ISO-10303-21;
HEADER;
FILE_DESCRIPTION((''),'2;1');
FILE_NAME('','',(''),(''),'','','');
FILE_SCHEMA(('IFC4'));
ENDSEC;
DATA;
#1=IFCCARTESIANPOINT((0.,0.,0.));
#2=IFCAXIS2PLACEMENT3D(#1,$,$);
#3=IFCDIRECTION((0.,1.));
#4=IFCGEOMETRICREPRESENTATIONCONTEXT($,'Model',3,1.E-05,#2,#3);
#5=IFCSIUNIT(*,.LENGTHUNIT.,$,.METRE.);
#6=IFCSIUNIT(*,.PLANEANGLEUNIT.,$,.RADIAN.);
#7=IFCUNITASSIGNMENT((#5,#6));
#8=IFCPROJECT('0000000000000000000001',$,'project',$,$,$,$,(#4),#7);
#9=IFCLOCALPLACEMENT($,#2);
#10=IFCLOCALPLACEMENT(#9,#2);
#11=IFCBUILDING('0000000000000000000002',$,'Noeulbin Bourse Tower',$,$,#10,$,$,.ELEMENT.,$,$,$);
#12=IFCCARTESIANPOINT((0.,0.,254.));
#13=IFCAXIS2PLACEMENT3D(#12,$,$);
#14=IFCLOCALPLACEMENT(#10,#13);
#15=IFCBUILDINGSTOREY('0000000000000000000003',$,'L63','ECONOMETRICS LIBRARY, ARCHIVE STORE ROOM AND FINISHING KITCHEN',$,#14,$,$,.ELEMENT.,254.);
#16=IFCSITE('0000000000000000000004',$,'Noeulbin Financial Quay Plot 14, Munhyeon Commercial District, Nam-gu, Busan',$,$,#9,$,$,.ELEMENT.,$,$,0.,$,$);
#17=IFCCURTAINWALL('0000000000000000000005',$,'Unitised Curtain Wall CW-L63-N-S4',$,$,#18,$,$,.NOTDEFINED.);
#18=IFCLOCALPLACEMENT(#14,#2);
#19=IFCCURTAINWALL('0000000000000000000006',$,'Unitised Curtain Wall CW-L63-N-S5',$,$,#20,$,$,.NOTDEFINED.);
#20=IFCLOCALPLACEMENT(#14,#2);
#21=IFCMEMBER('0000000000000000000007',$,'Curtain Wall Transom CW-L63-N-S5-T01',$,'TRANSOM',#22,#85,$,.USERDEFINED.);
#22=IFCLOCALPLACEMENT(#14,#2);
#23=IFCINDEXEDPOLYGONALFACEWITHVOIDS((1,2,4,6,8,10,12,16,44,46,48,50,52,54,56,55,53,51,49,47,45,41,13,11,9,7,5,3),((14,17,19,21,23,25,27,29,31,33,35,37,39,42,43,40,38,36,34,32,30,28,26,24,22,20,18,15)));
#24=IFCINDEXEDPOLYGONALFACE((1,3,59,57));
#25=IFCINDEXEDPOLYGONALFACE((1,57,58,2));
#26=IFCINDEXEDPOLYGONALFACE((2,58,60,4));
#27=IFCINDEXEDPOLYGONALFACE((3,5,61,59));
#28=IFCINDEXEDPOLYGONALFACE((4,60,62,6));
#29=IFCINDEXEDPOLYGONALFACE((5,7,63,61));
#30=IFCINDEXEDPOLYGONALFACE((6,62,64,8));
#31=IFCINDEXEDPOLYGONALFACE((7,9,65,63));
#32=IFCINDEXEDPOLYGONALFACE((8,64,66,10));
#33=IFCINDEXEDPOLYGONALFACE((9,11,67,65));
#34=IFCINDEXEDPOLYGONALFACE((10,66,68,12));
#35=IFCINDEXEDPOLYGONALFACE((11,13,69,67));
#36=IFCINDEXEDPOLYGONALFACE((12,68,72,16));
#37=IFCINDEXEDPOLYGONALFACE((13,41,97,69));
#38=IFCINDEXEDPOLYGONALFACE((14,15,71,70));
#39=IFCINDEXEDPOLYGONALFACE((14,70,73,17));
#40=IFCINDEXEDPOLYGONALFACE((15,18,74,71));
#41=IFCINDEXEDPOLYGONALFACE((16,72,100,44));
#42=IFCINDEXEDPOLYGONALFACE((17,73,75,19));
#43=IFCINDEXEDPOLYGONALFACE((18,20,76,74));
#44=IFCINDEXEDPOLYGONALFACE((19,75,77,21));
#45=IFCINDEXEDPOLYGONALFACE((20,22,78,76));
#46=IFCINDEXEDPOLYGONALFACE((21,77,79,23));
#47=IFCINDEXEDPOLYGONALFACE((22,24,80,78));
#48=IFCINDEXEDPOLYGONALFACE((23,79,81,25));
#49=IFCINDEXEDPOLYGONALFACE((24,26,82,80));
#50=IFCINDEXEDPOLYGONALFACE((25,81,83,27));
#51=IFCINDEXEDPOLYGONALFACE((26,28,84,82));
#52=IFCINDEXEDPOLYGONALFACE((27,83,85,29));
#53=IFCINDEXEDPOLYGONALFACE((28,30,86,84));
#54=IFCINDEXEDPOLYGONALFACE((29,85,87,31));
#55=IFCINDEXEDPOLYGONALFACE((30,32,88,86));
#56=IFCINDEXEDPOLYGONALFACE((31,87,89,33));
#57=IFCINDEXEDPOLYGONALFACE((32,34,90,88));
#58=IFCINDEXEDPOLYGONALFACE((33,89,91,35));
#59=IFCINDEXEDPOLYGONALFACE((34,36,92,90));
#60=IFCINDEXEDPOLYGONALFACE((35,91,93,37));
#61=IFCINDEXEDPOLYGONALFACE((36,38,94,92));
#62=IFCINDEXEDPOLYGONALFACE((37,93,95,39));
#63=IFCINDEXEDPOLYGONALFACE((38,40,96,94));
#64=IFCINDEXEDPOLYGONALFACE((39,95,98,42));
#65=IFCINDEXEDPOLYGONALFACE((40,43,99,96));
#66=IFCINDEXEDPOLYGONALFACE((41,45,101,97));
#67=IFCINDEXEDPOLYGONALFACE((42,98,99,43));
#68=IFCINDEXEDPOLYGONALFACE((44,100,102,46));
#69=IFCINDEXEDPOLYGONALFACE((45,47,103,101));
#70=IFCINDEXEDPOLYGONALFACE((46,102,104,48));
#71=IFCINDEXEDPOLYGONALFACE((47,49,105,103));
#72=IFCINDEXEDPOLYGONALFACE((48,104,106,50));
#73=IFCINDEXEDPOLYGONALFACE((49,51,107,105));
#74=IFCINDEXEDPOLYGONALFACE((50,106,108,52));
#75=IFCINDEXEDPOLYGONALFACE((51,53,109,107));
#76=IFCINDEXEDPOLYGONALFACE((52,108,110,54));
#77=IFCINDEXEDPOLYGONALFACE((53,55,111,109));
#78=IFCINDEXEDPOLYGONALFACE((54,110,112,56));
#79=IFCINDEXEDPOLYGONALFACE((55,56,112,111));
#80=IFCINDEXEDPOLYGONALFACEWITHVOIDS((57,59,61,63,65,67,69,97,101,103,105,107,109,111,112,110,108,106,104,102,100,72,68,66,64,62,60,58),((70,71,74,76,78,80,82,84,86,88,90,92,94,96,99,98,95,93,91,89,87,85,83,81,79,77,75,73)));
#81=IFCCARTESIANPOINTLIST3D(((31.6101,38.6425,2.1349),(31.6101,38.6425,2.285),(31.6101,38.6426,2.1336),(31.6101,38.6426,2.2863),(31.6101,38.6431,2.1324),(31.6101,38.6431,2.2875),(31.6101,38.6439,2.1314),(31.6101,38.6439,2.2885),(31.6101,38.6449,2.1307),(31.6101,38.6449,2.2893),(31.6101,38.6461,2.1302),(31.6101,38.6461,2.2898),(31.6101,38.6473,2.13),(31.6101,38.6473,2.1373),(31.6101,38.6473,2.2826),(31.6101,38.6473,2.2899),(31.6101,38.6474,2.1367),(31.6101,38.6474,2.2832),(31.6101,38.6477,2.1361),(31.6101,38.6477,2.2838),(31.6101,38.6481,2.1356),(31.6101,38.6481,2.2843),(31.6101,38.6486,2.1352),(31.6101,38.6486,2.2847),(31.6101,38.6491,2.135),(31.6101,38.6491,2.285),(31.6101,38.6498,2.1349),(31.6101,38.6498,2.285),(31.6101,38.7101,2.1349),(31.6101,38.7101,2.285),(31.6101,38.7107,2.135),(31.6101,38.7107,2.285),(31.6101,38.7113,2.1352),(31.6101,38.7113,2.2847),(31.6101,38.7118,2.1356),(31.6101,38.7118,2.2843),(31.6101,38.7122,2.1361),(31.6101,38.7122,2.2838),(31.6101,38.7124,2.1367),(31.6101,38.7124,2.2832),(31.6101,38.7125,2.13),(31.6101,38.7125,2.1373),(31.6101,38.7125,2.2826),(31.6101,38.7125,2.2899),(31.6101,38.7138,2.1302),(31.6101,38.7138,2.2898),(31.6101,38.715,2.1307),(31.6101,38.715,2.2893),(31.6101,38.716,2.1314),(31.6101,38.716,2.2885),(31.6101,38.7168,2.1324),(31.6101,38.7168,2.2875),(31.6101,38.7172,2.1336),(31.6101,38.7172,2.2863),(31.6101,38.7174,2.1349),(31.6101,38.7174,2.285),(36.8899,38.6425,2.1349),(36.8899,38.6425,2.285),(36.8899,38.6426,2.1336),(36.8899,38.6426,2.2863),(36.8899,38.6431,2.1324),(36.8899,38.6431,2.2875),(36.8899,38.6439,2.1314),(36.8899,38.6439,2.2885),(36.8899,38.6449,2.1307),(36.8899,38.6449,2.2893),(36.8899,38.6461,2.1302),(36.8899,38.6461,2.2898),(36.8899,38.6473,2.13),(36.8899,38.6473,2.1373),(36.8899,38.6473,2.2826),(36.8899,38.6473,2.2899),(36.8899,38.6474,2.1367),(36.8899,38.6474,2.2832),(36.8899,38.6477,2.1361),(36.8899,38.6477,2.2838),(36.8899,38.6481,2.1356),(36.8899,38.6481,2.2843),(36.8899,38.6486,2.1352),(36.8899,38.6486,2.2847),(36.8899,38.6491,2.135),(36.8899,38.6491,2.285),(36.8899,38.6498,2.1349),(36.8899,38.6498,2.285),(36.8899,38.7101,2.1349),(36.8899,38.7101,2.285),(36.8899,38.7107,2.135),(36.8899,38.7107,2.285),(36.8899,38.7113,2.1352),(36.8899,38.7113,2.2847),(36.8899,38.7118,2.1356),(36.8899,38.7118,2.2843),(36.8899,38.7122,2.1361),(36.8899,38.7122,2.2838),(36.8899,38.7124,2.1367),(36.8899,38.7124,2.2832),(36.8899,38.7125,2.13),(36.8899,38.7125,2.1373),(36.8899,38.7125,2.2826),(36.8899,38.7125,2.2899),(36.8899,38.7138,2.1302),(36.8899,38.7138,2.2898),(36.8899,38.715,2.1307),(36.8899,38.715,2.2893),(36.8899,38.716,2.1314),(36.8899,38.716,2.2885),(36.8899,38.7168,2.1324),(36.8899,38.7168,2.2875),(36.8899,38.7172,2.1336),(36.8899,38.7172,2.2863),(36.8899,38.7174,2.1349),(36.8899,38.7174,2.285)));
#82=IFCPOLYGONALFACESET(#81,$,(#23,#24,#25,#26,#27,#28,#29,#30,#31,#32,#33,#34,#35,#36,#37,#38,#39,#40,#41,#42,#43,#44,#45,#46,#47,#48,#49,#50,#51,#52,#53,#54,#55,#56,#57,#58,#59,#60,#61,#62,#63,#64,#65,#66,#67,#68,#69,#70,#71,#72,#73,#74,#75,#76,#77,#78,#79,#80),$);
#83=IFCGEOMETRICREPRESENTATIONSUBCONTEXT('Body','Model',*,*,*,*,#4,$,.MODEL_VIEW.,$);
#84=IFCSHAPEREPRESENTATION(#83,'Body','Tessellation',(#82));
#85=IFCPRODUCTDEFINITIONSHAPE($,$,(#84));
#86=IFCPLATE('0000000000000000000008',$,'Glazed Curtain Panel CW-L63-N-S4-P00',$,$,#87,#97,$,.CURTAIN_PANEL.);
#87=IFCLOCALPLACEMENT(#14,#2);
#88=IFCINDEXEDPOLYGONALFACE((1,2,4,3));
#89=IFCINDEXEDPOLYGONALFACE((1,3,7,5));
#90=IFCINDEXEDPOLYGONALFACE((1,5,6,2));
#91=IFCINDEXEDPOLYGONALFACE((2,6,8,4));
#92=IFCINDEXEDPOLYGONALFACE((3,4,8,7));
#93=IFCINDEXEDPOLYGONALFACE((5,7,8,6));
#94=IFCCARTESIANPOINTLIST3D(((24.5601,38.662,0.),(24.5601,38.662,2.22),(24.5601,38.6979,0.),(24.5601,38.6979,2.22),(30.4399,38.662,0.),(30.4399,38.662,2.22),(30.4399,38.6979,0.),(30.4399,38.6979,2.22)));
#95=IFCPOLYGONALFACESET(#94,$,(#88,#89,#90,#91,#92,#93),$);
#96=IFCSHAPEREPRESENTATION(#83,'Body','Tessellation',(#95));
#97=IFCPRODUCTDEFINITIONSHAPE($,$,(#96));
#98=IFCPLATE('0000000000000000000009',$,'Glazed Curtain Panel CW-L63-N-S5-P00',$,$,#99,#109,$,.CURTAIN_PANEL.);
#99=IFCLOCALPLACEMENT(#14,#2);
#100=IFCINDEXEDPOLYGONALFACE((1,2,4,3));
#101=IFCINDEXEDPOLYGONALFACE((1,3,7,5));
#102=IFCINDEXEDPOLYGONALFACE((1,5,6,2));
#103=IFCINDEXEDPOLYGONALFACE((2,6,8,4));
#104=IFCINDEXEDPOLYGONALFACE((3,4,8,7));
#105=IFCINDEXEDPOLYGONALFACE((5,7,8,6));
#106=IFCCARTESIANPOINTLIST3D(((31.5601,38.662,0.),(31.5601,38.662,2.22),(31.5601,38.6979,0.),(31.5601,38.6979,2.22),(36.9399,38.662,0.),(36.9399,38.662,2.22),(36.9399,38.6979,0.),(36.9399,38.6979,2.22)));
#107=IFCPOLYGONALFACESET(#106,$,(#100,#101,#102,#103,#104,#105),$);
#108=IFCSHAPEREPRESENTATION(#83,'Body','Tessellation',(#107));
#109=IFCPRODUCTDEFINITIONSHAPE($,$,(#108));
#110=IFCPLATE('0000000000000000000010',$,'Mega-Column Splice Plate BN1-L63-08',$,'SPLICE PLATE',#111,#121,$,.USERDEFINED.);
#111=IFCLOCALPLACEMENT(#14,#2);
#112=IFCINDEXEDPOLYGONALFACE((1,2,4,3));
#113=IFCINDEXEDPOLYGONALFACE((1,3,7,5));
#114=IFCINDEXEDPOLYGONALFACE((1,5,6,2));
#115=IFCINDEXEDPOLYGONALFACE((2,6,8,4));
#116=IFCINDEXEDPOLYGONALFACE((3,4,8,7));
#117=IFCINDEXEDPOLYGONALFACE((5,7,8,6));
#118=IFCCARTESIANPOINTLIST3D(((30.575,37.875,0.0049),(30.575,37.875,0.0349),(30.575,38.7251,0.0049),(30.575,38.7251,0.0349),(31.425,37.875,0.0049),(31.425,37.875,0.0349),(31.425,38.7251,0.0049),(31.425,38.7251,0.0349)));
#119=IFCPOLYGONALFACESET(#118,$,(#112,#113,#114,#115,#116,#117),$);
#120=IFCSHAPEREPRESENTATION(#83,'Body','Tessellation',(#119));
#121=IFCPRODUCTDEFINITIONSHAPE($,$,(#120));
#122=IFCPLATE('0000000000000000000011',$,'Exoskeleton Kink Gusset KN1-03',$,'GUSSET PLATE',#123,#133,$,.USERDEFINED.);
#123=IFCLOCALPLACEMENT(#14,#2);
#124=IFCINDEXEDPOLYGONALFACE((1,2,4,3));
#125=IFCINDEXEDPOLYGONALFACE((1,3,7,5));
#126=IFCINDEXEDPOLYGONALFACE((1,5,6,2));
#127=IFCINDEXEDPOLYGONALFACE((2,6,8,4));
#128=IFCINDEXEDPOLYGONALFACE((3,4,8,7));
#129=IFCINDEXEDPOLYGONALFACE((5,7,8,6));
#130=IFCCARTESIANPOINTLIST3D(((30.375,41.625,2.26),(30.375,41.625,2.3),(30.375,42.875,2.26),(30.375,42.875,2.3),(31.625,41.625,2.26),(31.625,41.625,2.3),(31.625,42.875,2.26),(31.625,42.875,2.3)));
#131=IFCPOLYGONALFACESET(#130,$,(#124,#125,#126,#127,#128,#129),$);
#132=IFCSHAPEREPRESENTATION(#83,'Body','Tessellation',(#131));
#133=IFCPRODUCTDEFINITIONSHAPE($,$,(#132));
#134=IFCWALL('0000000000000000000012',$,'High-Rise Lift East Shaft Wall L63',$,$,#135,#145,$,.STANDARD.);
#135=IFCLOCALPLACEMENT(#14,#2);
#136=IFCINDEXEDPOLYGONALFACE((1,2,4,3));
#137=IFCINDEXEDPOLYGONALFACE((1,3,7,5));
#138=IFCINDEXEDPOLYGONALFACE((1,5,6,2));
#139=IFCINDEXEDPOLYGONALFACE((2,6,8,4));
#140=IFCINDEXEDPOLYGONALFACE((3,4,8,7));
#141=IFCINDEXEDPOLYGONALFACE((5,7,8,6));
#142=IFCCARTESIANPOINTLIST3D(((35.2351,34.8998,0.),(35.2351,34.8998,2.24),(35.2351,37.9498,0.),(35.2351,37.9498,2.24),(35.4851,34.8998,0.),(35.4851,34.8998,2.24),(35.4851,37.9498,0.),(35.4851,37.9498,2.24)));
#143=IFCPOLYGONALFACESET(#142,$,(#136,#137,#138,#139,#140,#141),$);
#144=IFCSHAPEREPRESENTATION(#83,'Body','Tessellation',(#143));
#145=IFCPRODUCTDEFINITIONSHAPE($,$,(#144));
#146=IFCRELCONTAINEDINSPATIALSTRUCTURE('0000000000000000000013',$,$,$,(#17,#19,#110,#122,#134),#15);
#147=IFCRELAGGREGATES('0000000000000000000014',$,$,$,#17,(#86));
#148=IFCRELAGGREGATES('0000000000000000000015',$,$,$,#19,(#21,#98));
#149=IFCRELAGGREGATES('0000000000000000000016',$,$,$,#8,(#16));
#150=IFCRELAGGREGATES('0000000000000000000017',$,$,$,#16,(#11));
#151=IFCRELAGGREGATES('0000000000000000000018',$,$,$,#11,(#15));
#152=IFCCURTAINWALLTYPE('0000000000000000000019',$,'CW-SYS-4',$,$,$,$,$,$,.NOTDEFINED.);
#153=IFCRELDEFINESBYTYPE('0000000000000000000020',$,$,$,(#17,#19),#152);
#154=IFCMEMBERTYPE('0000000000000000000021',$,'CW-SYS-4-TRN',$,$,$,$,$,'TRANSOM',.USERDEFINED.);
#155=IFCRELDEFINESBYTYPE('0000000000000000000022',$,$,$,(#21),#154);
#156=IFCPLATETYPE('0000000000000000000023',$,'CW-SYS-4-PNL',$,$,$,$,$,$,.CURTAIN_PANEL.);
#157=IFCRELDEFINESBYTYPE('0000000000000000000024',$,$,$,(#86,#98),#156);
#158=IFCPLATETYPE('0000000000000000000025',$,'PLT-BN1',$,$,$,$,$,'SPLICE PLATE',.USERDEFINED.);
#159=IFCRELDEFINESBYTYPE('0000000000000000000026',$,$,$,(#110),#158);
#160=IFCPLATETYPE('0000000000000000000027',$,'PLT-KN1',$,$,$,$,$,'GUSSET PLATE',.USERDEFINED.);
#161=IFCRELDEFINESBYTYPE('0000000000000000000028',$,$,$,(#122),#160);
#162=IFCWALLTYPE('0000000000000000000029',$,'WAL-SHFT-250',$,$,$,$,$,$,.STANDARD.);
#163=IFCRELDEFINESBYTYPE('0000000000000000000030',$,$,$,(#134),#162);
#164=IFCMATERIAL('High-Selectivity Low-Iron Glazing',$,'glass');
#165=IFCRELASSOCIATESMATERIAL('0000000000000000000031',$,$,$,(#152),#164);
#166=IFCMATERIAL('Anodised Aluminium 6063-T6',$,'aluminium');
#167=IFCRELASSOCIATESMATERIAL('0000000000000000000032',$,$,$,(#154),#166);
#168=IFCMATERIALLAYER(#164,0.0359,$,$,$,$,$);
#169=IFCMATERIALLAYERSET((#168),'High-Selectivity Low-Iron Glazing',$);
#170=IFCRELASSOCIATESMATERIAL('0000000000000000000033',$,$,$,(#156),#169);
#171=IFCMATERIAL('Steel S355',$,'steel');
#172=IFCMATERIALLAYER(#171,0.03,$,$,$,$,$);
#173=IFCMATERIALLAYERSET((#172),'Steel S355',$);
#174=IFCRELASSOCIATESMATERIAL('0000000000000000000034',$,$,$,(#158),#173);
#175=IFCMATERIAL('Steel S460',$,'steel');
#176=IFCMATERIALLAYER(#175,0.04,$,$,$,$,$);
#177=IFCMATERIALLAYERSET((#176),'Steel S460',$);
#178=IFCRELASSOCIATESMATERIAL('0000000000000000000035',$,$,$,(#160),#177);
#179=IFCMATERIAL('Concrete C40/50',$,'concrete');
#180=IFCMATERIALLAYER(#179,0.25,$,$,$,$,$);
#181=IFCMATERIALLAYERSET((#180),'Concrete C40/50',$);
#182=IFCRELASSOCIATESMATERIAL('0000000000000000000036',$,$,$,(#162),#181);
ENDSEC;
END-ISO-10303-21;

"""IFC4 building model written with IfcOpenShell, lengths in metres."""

from ifc_helpers import new_model, si_unit, direction, frame, frame_2d, origin, origin_2d, place, context, subcontext, project, spatial, rectangle, hollow_rectangle, extrude, material, layer, layer_set, material_profile, profile_set, type_object, element, aggregate, save


model = new_model("IFC4")

# Units and contexts
model_context = context("Model", 3, precision=1e-05, world=origin(), true_north=direction((0.0, 1.0)))
body_context = subcontext(model_context, "Body", "Model", "MODEL_VIEW")
ifc_project = project(units=[si_unit("LENGTHUNIT", "METRE"), si_unit("PLANEANGLEUNIT", "RADIAN")], contexts=[model_context])

# Site, building, storey
site_placement = place(None, origin())
site = spatial("IfcSite", under=ifc_project, at=site_placement, Name="Noeulbin Financial Quay Plot 14, Munhyeon Commercial District, Nam-gu, Busan", CompositionType="ELEMENT", RefElevation=0.0)
building_placement = place(site_placement, origin())
building = spatial("IfcBuilding", under=site, at=building_placement, Name="Noeulbin Bourse Tower", CompositionType="ELEMENT")
storey_placement = place(building_placement, frame((0.0, 0.0, 254.0)))
storey = spatial("IfcBuildingStorey", under=building, at=storey_placement, Name="L63", Description="ECONOMETRICS LIBRARY, ARCHIVE STORE ROOM AND FINISHING KITCHEN", CompositionType="ELEMENT", Elevation=254.0)

# Shared definitions
ifc_material_1 = material(Name="Steel S355", Category="steel")

# Shared definitions
ifc_material_2 = material(Name="Steel S460", Category="steel")

# Curtain walls
ifc_material_3 = material(Name="High-Selectivity Low-Iron Glazing", Category="glass")
curtain_wall_type = type_object("IfcCurtainWallType", Name="CW-SYS-4", PredefinedType="NOTDEFINED", material=ifc_material_3)
curtain_wall_1_placement = place(storey_placement, origin())
curtain_wall_1 = element("IfcCurtainWall", 1, at=curtain_wall_1_placement, inside=storey, type_object=curtain_wall_type, Name="Unitised Curtain Wall CW-L63-N-S4", PredefinedType="NOTDEFINED")
ifc_material_4 = material(Name="Anodised Aluminium 6063-T6", Category="aluminium")
curtain_wall_2_placement = place(storey_placement, origin())
curtain_wall_2 = element("IfcCurtainWall", 2, at=curtain_wall_2_placement, inside=storey, type_object=curtain_wall_type, Name="Unitised Curtain Wall CW-L63-N-S5", PredefinedType="NOTDEFINED")

# Member
ifc_material_profile_1 = material_profile(ifc_material_4, hollow_rectangle(XDim=0.075, YDim=0.1599, WallThickness=0.0049, InnerFilletRadius=0.0024, OuterFilletRadius=0.0049, at=origin_2d()), Name="ALU-TRAN-75x160x5", Category="LoadBearing")
ifc_profile_set_1 = profile_set([ifc_material_profile_1], Name="Anodised Aluminium 6063-T6")
member_type_1 = type_object("IfcMemberType", Name="CW-SYS-4-TRN", ElementType="TRANSOM", PredefinedType="USERDEFINED", material=ifc_profile_set_1)
member_1_placement = place(storey_placement, frame((31.6101, 38.6799, 2.21), z_axis=(1.0, 0.0, 0.0), x_axis=(0.0, 1.0, 0.0)))
member_1 = element("IfcMember", 3, at=member_1_placement, type_object=member_type_1, Name="Curtain Wall Transom CW-L63-N-S5-T01", ObjectType="TRANSOM", PredefinedType="USERDEFINED", context=body_context, shape_type="SweptSolid", body=[
    extrude(hollow_rectangle(XDim=0.075, YDim=0.1599, WallThickness=0.0049, InnerFilletRadius=0.0024, OuterFilletRadius=0.0049, at=origin_2d()), origin(), (0.0, 0.0, 1.0), 5.2798),
])

# Plates
ifc_layer_1 = layer(ifc_material_3, 0.0359)
ifc_layer_set_1 = layer_set([ifc_layer_1], Name="High-Selectivity Low-Iron Glazing")
plate_type_1 = type_object("IfcPlateType", Name="CW-SYS-4-PNL", PredefinedType="CURTAIN_PANEL", material=ifc_layer_set_1)
plate_1_placement = place(storey_placement, frame((27.5, 38.6799, 0.0), z_axis=(0.0, 0.0, 1.0), x_axis=(1.0, 0.0, 0.0)))
plate_1 = element("IfcPlate", 4, at=plate_1_placement, type_object=plate_type_1, Name="Glazed Curtain Panel CW-L63-N-S4-P00", PredefinedType="CURTAIN_PANEL", context=body_context, shape_type="SweptSolid", body=[
    extrude(rectangle(XDim=5.8799, YDim=0.0359, at=origin_2d()), origin(), (0.0, 0.0, 1.0), 2.22),
])
aggregate(curtain_wall_1, [plate_1])
plate_2_placement = place(storey_placement, frame((34.25, 38.6799, 0.0), z_axis=(0.0, 0.0, 1.0), x_axis=(1.0, 0.0, 0.0)))
plate_2 = element("IfcPlate", 5, at=plate_2_placement, type_object=plate_type_1, Name="Glazed Curtain Panel CW-L63-N-S5-P00", PredefinedType="CURTAIN_PANEL", context=body_context, shape_type="SweptSolid", body=[
    extrude(rectangle(XDim=5.3799, YDim=0.0359, at=origin_2d()), origin(), (0.0, 0.0, 1.0), 2.22),
])
aggregate(curtain_wall_2, [member_1, plate_2])

# Plates
ifc_layer_2 = layer(ifc_material_1, 0.03)
ifc_layer_set_2 = layer_set([ifc_layer_2], Name="Steel S355")
plate_type_2 = type_object("IfcPlateType", Name="PLT-BN1", ElementType="SPLICE PLATE", PredefinedType="USERDEFINED", material=ifc_layer_set_2)
plate_3_placement = place(storey_placement, frame((31.0, 38.3, 0.0049), z_axis=(0.0, 0.0, 1.0), x_axis=(1.0, 0.0, 0.0)))
element("IfcPlate", 6, at=plate_3_placement, inside=storey, type_object=plate_type_2, Name="Mega-Column Splice Plate BN1-L63-08", ObjectType="SPLICE PLATE", PredefinedType="USERDEFINED", context=body_context, shape_type="SweptSolid", body=[
    extrude(rectangle(XDim=0.8501, YDim=0.8501, at=origin_2d()), origin(), (0.0, 0.0, 1.0), 0.03),
])
ifc_layer_3 = layer(ifc_material_2, 0.04)
ifc_layer_set_3 = layer_set([ifc_layer_3], Name="Steel S460")
plate_type_3 = type_object("IfcPlateType", Name="PLT-KN1", ElementType="GUSSET PLATE", PredefinedType="USERDEFINED", material=ifc_layer_set_3)
plate_4_placement = place(storey_placement, frame((31.0, 42.25, 2.26), z_axis=(0.0, 0.0, 1.0), x_axis=(1.0, 0.0, 0.0)))
element("IfcPlate", 7, at=plate_4_placement, inside=storey, type_object=plate_type_3, Name="Exoskeleton Kink Gusset KN1-03", ObjectType="GUSSET PLATE", PredefinedType="USERDEFINED", context=body_context, shape_type="SweptSolid", body=[
    extrude(rectangle(XDim=1.25, YDim=1.25, at=origin_2d()), origin(), (0.0, 0.0, 1.0), 0.04),
])

# Wall
ifc_material_5 = material(Name="Concrete C40/50", Category="concrete")
ifc_layer_4 = layer(ifc_material_5, 0.25)
ifc_layer_set_4 = layer_set([ifc_layer_4], Name="Concrete C40/50")
wall_type = type_object("IfcWallType", Name="WAL-SHFT-250", PredefinedType="STANDARD", material=ifc_layer_set_4)
wall_1_placement = place(storey_placement, frame((35.3601, 34.8999, 0.0), z_axis=(0.0, 0.0, 1.0), x_axis=(0.0, 1.0, 0.0)))
element("IfcWall", 8, at=wall_1_placement, inside=storey, type_object=wall_type, Name="High-Rise Lift East Shaft Wall L63", PredefinedType="STANDARD", context=body_context, shape_type="SweptSolid", body=[
    extrude(rectangle(XDim=3.05, YDim=0.25, at=frame_2d((1.5249, 0.0))), origin(), (0.0, 0.0, 1.0), 2.24),
])

save(model, "model.ifc")
